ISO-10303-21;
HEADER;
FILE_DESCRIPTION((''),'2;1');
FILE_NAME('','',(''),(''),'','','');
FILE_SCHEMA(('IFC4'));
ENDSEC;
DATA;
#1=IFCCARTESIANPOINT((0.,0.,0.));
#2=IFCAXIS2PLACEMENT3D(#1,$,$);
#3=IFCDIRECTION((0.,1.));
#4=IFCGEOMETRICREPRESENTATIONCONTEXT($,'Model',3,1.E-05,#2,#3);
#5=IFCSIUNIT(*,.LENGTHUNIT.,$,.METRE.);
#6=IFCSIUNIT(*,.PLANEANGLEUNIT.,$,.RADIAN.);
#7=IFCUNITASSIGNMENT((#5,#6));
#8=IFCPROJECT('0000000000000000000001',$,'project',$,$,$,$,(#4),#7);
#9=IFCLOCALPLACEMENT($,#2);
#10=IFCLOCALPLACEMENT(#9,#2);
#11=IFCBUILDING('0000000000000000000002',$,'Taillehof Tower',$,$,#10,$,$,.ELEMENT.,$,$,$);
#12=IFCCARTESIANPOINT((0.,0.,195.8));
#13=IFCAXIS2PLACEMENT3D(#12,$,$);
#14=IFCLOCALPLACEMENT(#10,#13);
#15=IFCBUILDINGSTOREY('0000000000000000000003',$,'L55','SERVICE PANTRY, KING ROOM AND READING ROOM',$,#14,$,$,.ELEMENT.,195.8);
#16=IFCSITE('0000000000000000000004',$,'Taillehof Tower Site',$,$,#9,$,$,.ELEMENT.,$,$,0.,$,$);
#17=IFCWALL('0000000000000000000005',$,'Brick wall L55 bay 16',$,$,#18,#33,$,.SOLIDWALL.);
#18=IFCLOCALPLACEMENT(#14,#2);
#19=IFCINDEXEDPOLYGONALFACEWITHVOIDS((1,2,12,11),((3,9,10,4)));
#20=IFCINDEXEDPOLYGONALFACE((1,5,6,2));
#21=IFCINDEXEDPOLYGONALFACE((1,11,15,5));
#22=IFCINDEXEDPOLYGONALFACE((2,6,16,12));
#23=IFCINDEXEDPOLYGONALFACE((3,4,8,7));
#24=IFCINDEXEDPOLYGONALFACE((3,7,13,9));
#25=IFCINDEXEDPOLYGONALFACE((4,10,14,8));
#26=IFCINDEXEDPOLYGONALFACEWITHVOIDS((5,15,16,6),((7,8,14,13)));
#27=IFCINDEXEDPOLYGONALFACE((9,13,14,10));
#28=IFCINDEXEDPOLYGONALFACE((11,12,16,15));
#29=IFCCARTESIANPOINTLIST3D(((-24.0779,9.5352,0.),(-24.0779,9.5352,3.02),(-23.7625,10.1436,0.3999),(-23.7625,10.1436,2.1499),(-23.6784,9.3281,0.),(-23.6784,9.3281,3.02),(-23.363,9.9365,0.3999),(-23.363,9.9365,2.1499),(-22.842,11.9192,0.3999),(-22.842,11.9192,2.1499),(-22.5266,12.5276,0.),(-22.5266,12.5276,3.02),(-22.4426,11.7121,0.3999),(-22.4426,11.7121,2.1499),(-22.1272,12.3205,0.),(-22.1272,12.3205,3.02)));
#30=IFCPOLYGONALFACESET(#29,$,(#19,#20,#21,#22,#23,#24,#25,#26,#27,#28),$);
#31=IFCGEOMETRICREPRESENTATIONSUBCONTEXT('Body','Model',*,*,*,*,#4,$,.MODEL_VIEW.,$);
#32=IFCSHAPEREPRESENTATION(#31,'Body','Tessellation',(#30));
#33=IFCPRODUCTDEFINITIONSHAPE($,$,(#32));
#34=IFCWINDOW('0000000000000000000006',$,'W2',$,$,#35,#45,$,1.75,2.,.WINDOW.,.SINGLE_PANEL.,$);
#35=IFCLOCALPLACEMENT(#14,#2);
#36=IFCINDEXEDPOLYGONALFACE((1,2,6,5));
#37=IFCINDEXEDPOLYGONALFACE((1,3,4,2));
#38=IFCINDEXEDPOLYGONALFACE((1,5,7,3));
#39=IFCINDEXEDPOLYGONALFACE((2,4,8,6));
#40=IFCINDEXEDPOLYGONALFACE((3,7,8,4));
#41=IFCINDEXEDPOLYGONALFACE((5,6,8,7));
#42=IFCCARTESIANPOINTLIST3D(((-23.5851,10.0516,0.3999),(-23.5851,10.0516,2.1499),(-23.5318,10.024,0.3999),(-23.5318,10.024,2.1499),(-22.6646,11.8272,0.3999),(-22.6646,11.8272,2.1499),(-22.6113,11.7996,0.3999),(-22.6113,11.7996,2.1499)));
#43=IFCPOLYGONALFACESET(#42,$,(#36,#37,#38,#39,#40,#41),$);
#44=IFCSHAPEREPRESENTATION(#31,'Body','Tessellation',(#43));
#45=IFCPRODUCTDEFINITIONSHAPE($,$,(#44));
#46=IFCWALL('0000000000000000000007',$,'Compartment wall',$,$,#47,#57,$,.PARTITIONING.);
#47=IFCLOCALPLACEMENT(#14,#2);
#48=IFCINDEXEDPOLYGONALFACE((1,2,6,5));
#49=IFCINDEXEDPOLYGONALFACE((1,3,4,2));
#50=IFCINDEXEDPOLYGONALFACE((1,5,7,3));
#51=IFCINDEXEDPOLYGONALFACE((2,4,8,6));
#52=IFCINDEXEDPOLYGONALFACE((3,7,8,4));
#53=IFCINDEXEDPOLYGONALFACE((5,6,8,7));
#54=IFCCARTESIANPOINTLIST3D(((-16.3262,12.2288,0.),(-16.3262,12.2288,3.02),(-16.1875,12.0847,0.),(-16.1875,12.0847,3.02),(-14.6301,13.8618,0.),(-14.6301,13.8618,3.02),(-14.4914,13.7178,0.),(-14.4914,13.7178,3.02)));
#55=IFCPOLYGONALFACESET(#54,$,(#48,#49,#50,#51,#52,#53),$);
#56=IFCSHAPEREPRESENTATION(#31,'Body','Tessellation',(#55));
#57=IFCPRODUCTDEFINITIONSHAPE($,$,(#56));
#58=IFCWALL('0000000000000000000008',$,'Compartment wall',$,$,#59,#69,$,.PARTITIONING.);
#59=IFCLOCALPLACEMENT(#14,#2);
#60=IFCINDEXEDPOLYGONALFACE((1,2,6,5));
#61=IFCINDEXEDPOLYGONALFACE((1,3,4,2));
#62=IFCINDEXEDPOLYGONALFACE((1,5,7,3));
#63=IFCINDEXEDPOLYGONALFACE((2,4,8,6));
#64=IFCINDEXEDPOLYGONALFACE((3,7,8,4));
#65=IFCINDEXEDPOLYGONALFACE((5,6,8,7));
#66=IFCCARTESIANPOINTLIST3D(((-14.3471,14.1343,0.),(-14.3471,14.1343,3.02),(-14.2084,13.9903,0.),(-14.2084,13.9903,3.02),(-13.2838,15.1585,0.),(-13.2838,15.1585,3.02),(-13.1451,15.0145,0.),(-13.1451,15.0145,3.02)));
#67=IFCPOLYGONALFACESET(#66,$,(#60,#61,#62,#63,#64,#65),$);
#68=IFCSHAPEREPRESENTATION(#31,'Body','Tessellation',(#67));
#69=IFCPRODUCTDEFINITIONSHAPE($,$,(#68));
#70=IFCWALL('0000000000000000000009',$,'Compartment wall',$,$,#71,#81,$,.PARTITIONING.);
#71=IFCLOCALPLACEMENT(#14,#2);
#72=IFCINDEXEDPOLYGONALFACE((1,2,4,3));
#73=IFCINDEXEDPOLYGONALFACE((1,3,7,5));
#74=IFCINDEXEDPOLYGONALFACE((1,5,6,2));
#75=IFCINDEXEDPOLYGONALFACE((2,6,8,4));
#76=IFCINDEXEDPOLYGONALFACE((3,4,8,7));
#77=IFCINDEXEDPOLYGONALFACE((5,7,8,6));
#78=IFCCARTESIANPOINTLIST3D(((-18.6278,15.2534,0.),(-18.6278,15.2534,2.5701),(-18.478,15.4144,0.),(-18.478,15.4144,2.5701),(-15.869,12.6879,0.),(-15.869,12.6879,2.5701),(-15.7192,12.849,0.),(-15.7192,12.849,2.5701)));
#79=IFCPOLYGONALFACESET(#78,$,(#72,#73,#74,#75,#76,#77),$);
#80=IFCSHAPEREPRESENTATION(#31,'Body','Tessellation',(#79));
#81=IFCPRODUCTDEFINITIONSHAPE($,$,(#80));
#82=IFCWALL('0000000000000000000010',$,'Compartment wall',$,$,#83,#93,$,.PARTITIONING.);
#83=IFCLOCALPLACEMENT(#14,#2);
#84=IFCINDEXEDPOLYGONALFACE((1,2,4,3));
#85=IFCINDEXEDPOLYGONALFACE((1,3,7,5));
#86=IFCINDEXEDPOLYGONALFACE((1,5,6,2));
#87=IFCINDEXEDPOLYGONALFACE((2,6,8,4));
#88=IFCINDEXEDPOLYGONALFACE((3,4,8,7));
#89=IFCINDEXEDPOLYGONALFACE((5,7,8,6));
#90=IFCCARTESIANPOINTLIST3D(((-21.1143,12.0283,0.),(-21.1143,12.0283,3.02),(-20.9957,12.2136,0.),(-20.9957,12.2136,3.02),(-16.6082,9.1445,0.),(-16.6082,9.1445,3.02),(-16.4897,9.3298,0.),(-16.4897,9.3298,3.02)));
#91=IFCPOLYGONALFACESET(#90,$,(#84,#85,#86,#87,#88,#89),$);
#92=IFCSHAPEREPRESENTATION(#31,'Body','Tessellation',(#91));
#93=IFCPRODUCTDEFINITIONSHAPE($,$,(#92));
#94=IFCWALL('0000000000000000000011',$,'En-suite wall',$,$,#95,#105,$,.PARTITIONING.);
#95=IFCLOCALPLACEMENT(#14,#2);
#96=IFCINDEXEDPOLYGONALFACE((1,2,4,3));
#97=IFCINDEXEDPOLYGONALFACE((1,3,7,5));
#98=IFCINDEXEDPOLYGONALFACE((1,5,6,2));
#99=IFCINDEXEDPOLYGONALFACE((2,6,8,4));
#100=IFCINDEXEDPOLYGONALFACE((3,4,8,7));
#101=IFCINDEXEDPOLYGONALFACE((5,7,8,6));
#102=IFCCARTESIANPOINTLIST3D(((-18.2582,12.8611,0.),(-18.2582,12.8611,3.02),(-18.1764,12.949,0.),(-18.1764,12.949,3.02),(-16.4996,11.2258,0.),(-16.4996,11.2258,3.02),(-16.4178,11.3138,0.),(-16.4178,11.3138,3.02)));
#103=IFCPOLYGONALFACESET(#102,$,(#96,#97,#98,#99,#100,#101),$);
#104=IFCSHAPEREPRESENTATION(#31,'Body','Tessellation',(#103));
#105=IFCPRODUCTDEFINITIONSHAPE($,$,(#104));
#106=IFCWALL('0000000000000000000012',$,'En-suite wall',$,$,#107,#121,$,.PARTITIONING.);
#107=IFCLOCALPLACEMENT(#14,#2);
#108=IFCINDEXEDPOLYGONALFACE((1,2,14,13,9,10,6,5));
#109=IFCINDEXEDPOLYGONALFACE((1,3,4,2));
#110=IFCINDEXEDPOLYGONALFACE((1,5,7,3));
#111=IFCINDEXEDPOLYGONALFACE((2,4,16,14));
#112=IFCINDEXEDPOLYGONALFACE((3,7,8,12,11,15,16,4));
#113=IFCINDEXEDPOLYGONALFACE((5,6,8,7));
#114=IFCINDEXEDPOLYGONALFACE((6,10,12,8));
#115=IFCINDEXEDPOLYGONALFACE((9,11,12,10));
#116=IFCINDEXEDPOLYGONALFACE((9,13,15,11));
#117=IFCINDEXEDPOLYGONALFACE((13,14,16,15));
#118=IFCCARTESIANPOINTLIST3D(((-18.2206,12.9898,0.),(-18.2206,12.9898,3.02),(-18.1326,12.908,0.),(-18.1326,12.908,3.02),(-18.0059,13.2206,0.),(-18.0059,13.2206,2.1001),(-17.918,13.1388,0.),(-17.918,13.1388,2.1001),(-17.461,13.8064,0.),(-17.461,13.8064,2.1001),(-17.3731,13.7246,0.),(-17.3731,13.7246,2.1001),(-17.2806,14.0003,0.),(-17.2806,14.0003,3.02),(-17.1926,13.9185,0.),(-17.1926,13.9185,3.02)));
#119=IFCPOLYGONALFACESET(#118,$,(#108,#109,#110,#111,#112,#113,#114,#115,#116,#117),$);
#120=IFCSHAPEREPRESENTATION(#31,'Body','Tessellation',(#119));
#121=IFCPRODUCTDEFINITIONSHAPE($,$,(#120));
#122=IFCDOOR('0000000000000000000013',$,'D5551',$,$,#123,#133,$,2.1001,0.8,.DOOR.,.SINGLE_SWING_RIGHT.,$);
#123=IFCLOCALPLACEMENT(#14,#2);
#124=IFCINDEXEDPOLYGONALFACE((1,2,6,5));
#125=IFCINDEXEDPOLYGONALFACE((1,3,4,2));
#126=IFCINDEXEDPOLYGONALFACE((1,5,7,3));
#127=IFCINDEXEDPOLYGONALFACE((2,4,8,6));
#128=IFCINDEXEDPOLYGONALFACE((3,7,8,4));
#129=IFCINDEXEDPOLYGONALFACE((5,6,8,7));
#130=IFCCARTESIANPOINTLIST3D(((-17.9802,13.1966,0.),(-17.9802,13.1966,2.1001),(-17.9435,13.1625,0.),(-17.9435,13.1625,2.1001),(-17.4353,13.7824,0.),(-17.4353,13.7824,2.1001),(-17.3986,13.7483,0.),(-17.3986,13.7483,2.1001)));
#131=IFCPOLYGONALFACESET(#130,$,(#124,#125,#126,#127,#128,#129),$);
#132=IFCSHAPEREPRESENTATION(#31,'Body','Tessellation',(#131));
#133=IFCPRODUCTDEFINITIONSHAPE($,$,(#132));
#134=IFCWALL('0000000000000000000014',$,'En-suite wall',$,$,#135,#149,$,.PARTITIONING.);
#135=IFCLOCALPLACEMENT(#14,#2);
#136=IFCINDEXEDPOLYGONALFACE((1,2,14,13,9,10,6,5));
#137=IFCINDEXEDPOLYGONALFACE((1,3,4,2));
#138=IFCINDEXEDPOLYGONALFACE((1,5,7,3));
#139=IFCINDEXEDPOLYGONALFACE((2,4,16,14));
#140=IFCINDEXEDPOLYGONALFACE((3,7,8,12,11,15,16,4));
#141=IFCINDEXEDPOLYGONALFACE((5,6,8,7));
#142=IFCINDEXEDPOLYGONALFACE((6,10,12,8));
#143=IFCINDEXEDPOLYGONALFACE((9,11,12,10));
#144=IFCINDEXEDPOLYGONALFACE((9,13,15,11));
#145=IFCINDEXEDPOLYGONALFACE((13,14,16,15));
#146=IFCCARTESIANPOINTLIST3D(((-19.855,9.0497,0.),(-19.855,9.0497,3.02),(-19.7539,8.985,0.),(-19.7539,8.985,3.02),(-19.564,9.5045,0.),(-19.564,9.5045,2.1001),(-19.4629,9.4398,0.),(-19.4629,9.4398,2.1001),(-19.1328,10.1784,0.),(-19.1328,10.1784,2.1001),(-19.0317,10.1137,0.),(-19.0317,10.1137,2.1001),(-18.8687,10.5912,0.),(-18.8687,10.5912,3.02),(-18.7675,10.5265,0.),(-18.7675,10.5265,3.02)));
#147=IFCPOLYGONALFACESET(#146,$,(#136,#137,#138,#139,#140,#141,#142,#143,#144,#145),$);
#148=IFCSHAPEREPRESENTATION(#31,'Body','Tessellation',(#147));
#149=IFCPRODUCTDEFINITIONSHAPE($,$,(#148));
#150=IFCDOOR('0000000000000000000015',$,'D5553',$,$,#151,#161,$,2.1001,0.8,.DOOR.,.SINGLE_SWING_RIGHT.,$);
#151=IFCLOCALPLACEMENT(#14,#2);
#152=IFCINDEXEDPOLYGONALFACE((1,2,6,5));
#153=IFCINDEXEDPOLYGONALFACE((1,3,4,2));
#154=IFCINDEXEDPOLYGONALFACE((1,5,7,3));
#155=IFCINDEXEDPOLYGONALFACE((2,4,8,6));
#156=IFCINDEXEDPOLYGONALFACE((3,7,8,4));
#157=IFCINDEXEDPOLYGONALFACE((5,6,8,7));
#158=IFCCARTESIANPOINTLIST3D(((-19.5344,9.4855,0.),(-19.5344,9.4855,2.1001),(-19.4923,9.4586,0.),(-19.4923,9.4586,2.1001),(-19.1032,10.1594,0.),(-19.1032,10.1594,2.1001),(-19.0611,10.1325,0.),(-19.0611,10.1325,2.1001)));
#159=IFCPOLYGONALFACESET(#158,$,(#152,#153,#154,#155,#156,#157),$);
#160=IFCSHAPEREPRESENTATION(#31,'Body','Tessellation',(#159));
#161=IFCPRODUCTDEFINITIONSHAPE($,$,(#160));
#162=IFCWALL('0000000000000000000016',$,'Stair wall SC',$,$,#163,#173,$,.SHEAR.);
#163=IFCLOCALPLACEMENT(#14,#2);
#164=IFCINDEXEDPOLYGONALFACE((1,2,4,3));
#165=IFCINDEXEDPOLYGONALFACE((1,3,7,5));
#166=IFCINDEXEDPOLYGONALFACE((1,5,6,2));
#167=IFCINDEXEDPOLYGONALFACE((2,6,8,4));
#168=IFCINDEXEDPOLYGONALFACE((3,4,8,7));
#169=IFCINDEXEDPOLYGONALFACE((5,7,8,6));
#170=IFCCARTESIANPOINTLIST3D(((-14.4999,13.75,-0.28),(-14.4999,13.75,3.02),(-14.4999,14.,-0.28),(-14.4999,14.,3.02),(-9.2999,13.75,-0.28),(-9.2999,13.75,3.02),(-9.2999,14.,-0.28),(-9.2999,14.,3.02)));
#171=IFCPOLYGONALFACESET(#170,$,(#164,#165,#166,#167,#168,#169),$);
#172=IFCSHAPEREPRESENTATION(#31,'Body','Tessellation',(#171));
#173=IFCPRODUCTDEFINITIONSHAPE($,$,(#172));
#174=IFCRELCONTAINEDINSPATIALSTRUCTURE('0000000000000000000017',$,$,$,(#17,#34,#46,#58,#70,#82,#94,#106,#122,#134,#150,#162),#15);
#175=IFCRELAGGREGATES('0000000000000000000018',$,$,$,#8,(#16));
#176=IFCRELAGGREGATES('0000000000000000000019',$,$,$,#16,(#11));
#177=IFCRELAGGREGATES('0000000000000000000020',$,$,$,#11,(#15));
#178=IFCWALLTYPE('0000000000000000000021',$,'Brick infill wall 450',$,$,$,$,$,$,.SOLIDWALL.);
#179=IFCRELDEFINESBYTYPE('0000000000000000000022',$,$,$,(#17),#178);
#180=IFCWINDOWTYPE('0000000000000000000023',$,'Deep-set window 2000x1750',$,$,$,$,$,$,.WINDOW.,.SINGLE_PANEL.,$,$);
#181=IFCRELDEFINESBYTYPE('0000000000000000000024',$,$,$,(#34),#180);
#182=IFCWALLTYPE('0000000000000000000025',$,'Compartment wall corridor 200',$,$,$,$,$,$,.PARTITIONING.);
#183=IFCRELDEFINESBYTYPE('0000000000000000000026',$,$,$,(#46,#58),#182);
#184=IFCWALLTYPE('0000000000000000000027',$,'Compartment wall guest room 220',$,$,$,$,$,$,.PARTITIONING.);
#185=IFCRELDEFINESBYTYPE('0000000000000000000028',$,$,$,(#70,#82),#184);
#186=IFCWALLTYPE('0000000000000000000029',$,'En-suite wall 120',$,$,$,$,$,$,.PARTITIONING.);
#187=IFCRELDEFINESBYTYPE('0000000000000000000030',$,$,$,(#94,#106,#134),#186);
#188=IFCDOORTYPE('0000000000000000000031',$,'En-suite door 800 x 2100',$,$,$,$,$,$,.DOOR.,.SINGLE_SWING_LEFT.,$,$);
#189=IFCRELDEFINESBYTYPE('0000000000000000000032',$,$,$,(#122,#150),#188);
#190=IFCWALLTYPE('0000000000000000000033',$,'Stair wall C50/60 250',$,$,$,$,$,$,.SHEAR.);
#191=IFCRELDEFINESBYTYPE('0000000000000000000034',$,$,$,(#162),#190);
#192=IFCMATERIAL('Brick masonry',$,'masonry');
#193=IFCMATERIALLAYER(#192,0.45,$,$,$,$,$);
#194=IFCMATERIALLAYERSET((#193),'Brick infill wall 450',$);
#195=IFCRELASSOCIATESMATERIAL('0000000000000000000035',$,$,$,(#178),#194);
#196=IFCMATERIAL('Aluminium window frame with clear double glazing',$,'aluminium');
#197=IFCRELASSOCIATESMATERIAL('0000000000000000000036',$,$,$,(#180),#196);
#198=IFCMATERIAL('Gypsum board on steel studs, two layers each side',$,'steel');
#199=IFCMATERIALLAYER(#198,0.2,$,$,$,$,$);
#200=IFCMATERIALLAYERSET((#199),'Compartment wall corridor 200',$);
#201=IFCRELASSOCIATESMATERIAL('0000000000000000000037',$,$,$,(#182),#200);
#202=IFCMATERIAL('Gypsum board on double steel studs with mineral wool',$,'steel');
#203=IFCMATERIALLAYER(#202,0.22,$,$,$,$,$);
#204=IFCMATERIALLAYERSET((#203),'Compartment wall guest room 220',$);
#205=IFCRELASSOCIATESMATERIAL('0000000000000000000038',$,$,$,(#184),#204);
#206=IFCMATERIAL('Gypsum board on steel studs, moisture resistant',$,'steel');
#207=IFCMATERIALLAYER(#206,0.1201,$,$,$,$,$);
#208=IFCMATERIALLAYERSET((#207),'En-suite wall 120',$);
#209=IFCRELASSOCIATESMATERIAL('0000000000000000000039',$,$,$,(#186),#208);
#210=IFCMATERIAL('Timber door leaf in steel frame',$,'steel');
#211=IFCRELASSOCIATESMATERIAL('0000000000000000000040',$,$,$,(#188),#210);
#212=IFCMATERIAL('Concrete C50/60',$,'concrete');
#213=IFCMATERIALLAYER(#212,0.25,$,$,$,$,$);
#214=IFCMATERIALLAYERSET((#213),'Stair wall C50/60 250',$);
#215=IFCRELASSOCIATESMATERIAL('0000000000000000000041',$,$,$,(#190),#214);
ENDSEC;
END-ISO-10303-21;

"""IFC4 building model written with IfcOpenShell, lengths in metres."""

from ifc_helpers import new_model, si_unit, direction, frame, frame_2d, origin, place, context, subcontext, project, spatial, rectangle, extrude, material, layer, layer_set, type_object, element, fill, save


model = new_model("IFC4")

# Units and contexts
model_context = context("Model", 3, precision=1e-05, world=origin(), true_north=direction((0.0, 1.0)))
body_context = subcontext(model_context, "Body", "Model", "MODEL_VIEW")
ifc_project = project(units=[si_unit("LENGTHUNIT", "METRE"), si_unit("PLANEANGLEUNIT", "RADIAN")], contexts=[model_context])

# Site, building, storey
site_placement = place(None, origin())
site = spatial("IfcSite", under=ifc_project, at=site_placement, Name="Taillehof Tower Site", CompositionType="ELEMENT", RefElevation=0.0)
building_placement = place(site_placement, origin())
building = spatial("IfcBuilding", under=site, at=building_placement, Name="Taillehof Tower", CompositionType="ELEMENT")
storey_placement = place(building_placement, frame((0.0, 0.0, 195.8)))
storey = spatial("IfcBuildingStorey", under=building, at=storey_placement, Name="L55", Description="SERVICE PANTRY, KING ROOM AND READING ROOM", CompositionType="ELEMENT", Elevation=195.8)

# Wall, opening, window
ifc_material_1 = material(Name="Brick masonry", Category="masonry")
ifc_layer_1 = layer(ifc_material_1, 0.45)
ifc_layer_set_1 = layer_set([ifc_layer_1], Name="Brick infill wall 450")
wall_type_1 = type_object("IfcWallType", Name="Brick infill wall 450", PredefinedType="SOLIDWALL", material=ifc_layer_set_1)
ifc_material_2 = material(Name="Aluminium window frame with clear double glazing", Category="aluminium")
window_type = type_object("IfcWindowType", Name="Deep-set window 2000x1750", PartitioningType="SINGLE_PANEL", PredefinedType="WINDOW", material=ifc_material_2)
wall_1_placement = place(storey_placement, frame((-22.3269, 12.4241, 0.0), z_axis=(0.0, 0.0, 1.0), x_axis=(-0.460233, -0.887798, 0.0)))
wall_1 = element("IfcWall", 1, at=wall_1_placement, inside=storey, type_object=wall_type_1, Name="Brick wall L55 bay 16", PredefinedType="SOLIDWALL", context=body_context, shape_type="SweptSolid", body=[
    extrude(rectangle(XDim=3.3706, YDim=0.45, at=frame_2d((1.6853, 0.0))), origin(), (0.0, 0.0, 1.0), 3.02),
])
opening_1_placement = place(wall_1_placement, frame((0.6853, 0.0, 0.3999)))
opening_1 = element("IfcOpeningElement", 2, at=opening_1_placement, cuts=wall_1, PredefinedType="OPENING", context=body_context, shape_type="SweptSolid", body=[
    extrude(rectangle(XDim=2.0, YDim=1.75, at=frame_2d((1.0, 0.875))), frame((0.0, 0.2349, 0.0), z_axis=(0.0, -1.0, 0.0), x_axis=(1.0, 0.0, 0.0)), (0.0, 0.0, 1.0), 0.47),
])
window_1_placement = place(opening_1_placement, origin())
window_1 = element("IfcWindow", 3, at=window_1_placement, inside=storey, type_object=window_type, Name="W2", OverallHeight=1.75, OverallWidth=2.0, PartitioningType="SINGLE_PANEL", PredefinedType="WINDOW", context=body_context, shape_type="SweptSolid", body=[
    extrude(rectangle(XDim=2.0, YDim=1.75, at=frame_2d((1.0, 0.875))), frame((0.0, 0.0349, 0.0), z_axis=(0.0, -1.0, 0.0), x_axis=(1.0, 0.0, 0.0)), (0.0, 0.0, 1.0), 0.0601),
])
fill(opening_1, window_1)

# Walls
ifc_material_3 = material(Name="Gypsum board on steel studs, two layers each side", Category="steel")
ifc_layer_2 = layer(ifc_material_3, 0.2)
ifc_layer_set_2 = layer_set([ifc_layer_2], Name="Compartment wall corridor 200")
wall_type_2 = type_object("IfcWallType", Name="Compartment wall corridor 200", PredefinedType="PARTITIONING", material=ifc_layer_set_2)
wall_2_placement = place(storey_placement, frame((-16.2568, 12.1567, 0.0), z_axis=(0.0, 0.0, 1.0), x_axis=(0.720357, 0.693604, 0.0)))
element("IfcWall", 4, at=wall_2_placement, inside=storey, type_object=wall_type_2, Name="Compartment wall", PredefinedType="PARTITIONING", context=body_context, shape_type="SweptSolid", body=[
    extrude(rectangle(XDim=2.3545, YDim=0.2, at=frame_2d((1.1772, 0.0))), origin(), (0.0, 0.0, 1.0), 3.02),
])
wall_3_placement = place(storey_placement, frame((-14.2778, 14.0623, 0.0), z_axis=(0.0, 0.0, 1.0), x_axis=(0.720213, 0.693753, 0.0)))
element("IfcWall", 5, at=wall_3_placement, inside=storey, type_object=wall_type_2, Name="Compartment wall", PredefinedType="PARTITIONING", context=body_context, shape_type="SweptSolid", body=[
    extrude(rectangle(XDim=1.4763, YDim=0.2, at=frame_2d((0.7383, 0.0))), origin(), (0.0, 0.0, 1.0), 3.02),
])
ifc_material_4 = material(Name="Gypsum board on double steel studs with mineral wool", Category="steel")
ifc_layer_3 = layer(ifc_material_4, 0.22)
ifc_layer_set_3 = layer_set([ifc_layer_3], Name="Compartment wall guest room 220")
wall_type_3 = type_object("IfcWallType", Name="Compartment wall guest room 220", PredefinedType="PARTITIONING", material=ifc_layer_set_3)
wall_4_placement = place(storey_placement, frame((-18.553, 15.334, 0.0), z_axis=(0.0, 0.0, 1.0), x_axis=(0.732304, -0.680978, 0.0)))
element("IfcWall", 6, at=wall_4_placement, inside=storey, type_object=wall_type_3, Name="Compartment wall", PredefinedType="PARTITIONING", context=body_context, shape_type="SweptSolid", body=[
    extrude(rectangle(XDim=3.7673, YDim=0.22, at=frame_2d((1.8838, 0.0))), origin(), (0.0, 0.0, 1.0), 2.5701),
])
wall_5_placement = place(storey_placement, frame((-21.0549, 12.1208, 0.0), z_axis=(0.0, 0.0, 1.0), x_axis=(0.842281, -0.539038, 0.0)))
element("IfcWall", 7, at=wall_5_placement, inside=storey, type_object=wall_type_3, Name="Compartment wall", PredefinedType="PARTITIONING", context=body_context, shape_type="SweptSolid", body=[
    extrude(rectangle(XDim=5.3499, YDim=0.22, at=frame_2d((2.6748, 0.0))), origin(), (0.0, 0.0, 1.0), 3.02),
])
ifc_material_5 = material(Name="Gypsum board on steel studs, moisture resistant", Category="steel")
ifc_layer_4 = layer(ifc_material_5, 0.1201)
ifc_layer_set_4 = layer_set([ifc_layer_4], Name="En-suite wall 120")
wall_type_4 = type_object("IfcWallType", Name="En-suite wall 120", PredefinedType="PARTITIONING", material=ifc_layer_set_4)
wall_6_placement = place(storey_placement, frame((-16.4587, 11.2698, 0.0), z_axis=(0.0, 0.0, 1.0), x_axis=(-0.732312, 0.68097, 0.0)))
element("IfcWall", 8, at=wall_6_placement, inside=storey, type_object=wall_type_4, Name="En-suite wall", PredefinedType="PARTITIONING", context=body_context, shape_type="SweptSolid", body=[
    extrude(rectangle(XDim=2.4014, YDim=0.1201, at=frame_2d((1.2007, 0.0))), origin(), (0.0, 0.0, 1.0), 3.02),
])

# Walls, openings, doors
wall_7_placement = place(storey_placement, frame((-18.1765, 12.949, 0.0), z_axis=(0.0, 0.0, 1.0), x_axis=(0.681082, 0.732207, 0.0)))
wall_7 = element("IfcWall", 9, at=wall_7_placement, inside=storey, type_object=wall_type_4, Name="En-suite wall", PredefinedType="PARTITIONING", context=body_context, shape_type="SweptSolid", body=[
    extrude(rectangle(XDim=1.3801, YDim=0.1201, at=frame_2d((0.6899, 0.0))), origin(), (0.0, 0.0, 1.0), 3.02),
])
opening_2_placement = place(wall_7_placement, frame((0.3152, 0.0, 0.0)))
opening_2 = element("IfcOpeningElement", 10, at=opening_2_placement, cuts=wall_7, PredefinedType="OPENING", context=body_context, shape_type="SweptSolid", body=[
    extrude(rectangle(XDim=0.8, YDim=2.1001, at=frame_2d((0.3999, 1.05))), frame((0.0, 0.0701, 0.0), z_axis=(0.0, -1.0, 0.0), x_axis=(1.0, 0.0, 0.0)), (0.0, 0.0, 1.0), 0.1401),
])
ifc_material_6 = material(Name="Timber door leaf in steel frame", Category="steel")
door_type = type_object("IfcDoorType", Name="En-suite door 800 x 2100", OperationType="SINGLE_SWING_LEFT", PredefinedType="DOOR", material=ifc_material_6)
door_1_placement = place(opening_2_placement, origin())
door_1 = element("IfcDoor", 11, at=door_1_placement, inside=storey, type_object=door_type, Name="D5551", OperationType="SINGLE_SWING_RIGHT", OverallHeight=2.1001, OverallWidth=0.8, PredefinedType="DOOR", context=body_context, shape_type="SweptSolid", body=[
    extrude(rectangle(XDim=0.8, YDim=2.1001, at=frame_2d((0.3999, 1.05))), frame((0.0, 0.0249, 0.0), z_axis=(0.0, -1.0, 0.0), x_axis=(1.0, 0.0, 0.0)), (0.0, 0.0, 1.0), 0.05),
])
fill(opening_2, door_1)
wall_8_placement = place(storey_placement, frame((-19.8044, 9.0173, 0.0), z_axis=(0.0, 0.0, 1.0), x_axis=(0.538963, 0.84233, 0.0)))
wall_8 = element("IfcWall", 12, at=wall_8_placement, inside=storey, type_object=wall_type_4, Name="En-suite wall", PredefinedType="PARTITIONING", context=body_context, shape_type="SweptSolid", body=[
    extrude(rectangle(XDim=1.8301, YDim=0.1201, at=frame_2d((0.915, 0.0))), origin(), (0.0, 0.0, 1.0), 3.02),
])
opening_3_placement = place(wall_8_placement, frame((0.54, 0.0, 0.0)))
opening_3 = element("IfcOpeningElement", 13, at=opening_3_placement, cuts=wall_8, PredefinedType="OPENING", context=body_context, shape_type="SweptSolid", body=[
    extrude(rectangle(XDim=0.8, YDim=2.1001, at=frame_2d((0.3999, 1.05))), frame((0.0, 0.0701, 0.0), z_axis=(0.0, -1.0, 0.0), x_axis=(1.0, 0.0, 0.0)), (0.0, 0.0, 1.0), 0.1401),
])
door_2_placement = place(opening_3_placement, origin())
door_2 = element("IfcDoor", 14, at=door_2_placement, inside=storey, type_object=door_type, Name="D5553", OperationType="SINGLE_SWING_RIGHT", OverallHeight=2.1001, OverallWidth=0.8, PredefinedType="DOOR", context=body_context, shape_type="SweptSolid", body=[
    extrude(rectangle(XDim=0.8, YDim=2.1001, at=frame_2d((0.3999, 1.05))), frame((0.0, 0.0249, 0.0), z_axis=(0.0, -1.0, 0.0), x_axis=(1.0, 0.0, 0.0)), (0.0, 0.0, 1.0), 0.05),
])
fill(opening_3, door_2)

# Wall
ifc_material_7 = material(Name="Concrete C50/60", Category="concrete")
ifc_layer_5 = layer(ifc_material_7, 0.25)
ifc_layer_set_5 = layer_set([ifc_layer_5], Name="Stair wall C50/60 250")
wall_type_5 = type_object("IfcWallType", Name="Stair wall C50/60 250", PredefinedType="SHEAR", material=ifc_layer_set_5)
wall_9_placement = place(storey_placement, frame((-14.5, 13.875, -0.28), z_axis=(0.0, 0.0, 1.0), x_axis=(1.0, 0.0, 0.0)))
element("IfcWall", 15, at=wall_9_placement, inside=storey, type_object=wall_type_5, Name="Stair wall SC", PredefinedType="SHEAR", context=body_context, shape_type="SweptSolid", body=[
    extrude(rectangle(XDim=5.2, YDim=0.25, at=frame_2d((2.6001, 0.0))), origin(), (0.0, 0.0, 1.0), 3.3),
])

save(model, "model.ifc")
